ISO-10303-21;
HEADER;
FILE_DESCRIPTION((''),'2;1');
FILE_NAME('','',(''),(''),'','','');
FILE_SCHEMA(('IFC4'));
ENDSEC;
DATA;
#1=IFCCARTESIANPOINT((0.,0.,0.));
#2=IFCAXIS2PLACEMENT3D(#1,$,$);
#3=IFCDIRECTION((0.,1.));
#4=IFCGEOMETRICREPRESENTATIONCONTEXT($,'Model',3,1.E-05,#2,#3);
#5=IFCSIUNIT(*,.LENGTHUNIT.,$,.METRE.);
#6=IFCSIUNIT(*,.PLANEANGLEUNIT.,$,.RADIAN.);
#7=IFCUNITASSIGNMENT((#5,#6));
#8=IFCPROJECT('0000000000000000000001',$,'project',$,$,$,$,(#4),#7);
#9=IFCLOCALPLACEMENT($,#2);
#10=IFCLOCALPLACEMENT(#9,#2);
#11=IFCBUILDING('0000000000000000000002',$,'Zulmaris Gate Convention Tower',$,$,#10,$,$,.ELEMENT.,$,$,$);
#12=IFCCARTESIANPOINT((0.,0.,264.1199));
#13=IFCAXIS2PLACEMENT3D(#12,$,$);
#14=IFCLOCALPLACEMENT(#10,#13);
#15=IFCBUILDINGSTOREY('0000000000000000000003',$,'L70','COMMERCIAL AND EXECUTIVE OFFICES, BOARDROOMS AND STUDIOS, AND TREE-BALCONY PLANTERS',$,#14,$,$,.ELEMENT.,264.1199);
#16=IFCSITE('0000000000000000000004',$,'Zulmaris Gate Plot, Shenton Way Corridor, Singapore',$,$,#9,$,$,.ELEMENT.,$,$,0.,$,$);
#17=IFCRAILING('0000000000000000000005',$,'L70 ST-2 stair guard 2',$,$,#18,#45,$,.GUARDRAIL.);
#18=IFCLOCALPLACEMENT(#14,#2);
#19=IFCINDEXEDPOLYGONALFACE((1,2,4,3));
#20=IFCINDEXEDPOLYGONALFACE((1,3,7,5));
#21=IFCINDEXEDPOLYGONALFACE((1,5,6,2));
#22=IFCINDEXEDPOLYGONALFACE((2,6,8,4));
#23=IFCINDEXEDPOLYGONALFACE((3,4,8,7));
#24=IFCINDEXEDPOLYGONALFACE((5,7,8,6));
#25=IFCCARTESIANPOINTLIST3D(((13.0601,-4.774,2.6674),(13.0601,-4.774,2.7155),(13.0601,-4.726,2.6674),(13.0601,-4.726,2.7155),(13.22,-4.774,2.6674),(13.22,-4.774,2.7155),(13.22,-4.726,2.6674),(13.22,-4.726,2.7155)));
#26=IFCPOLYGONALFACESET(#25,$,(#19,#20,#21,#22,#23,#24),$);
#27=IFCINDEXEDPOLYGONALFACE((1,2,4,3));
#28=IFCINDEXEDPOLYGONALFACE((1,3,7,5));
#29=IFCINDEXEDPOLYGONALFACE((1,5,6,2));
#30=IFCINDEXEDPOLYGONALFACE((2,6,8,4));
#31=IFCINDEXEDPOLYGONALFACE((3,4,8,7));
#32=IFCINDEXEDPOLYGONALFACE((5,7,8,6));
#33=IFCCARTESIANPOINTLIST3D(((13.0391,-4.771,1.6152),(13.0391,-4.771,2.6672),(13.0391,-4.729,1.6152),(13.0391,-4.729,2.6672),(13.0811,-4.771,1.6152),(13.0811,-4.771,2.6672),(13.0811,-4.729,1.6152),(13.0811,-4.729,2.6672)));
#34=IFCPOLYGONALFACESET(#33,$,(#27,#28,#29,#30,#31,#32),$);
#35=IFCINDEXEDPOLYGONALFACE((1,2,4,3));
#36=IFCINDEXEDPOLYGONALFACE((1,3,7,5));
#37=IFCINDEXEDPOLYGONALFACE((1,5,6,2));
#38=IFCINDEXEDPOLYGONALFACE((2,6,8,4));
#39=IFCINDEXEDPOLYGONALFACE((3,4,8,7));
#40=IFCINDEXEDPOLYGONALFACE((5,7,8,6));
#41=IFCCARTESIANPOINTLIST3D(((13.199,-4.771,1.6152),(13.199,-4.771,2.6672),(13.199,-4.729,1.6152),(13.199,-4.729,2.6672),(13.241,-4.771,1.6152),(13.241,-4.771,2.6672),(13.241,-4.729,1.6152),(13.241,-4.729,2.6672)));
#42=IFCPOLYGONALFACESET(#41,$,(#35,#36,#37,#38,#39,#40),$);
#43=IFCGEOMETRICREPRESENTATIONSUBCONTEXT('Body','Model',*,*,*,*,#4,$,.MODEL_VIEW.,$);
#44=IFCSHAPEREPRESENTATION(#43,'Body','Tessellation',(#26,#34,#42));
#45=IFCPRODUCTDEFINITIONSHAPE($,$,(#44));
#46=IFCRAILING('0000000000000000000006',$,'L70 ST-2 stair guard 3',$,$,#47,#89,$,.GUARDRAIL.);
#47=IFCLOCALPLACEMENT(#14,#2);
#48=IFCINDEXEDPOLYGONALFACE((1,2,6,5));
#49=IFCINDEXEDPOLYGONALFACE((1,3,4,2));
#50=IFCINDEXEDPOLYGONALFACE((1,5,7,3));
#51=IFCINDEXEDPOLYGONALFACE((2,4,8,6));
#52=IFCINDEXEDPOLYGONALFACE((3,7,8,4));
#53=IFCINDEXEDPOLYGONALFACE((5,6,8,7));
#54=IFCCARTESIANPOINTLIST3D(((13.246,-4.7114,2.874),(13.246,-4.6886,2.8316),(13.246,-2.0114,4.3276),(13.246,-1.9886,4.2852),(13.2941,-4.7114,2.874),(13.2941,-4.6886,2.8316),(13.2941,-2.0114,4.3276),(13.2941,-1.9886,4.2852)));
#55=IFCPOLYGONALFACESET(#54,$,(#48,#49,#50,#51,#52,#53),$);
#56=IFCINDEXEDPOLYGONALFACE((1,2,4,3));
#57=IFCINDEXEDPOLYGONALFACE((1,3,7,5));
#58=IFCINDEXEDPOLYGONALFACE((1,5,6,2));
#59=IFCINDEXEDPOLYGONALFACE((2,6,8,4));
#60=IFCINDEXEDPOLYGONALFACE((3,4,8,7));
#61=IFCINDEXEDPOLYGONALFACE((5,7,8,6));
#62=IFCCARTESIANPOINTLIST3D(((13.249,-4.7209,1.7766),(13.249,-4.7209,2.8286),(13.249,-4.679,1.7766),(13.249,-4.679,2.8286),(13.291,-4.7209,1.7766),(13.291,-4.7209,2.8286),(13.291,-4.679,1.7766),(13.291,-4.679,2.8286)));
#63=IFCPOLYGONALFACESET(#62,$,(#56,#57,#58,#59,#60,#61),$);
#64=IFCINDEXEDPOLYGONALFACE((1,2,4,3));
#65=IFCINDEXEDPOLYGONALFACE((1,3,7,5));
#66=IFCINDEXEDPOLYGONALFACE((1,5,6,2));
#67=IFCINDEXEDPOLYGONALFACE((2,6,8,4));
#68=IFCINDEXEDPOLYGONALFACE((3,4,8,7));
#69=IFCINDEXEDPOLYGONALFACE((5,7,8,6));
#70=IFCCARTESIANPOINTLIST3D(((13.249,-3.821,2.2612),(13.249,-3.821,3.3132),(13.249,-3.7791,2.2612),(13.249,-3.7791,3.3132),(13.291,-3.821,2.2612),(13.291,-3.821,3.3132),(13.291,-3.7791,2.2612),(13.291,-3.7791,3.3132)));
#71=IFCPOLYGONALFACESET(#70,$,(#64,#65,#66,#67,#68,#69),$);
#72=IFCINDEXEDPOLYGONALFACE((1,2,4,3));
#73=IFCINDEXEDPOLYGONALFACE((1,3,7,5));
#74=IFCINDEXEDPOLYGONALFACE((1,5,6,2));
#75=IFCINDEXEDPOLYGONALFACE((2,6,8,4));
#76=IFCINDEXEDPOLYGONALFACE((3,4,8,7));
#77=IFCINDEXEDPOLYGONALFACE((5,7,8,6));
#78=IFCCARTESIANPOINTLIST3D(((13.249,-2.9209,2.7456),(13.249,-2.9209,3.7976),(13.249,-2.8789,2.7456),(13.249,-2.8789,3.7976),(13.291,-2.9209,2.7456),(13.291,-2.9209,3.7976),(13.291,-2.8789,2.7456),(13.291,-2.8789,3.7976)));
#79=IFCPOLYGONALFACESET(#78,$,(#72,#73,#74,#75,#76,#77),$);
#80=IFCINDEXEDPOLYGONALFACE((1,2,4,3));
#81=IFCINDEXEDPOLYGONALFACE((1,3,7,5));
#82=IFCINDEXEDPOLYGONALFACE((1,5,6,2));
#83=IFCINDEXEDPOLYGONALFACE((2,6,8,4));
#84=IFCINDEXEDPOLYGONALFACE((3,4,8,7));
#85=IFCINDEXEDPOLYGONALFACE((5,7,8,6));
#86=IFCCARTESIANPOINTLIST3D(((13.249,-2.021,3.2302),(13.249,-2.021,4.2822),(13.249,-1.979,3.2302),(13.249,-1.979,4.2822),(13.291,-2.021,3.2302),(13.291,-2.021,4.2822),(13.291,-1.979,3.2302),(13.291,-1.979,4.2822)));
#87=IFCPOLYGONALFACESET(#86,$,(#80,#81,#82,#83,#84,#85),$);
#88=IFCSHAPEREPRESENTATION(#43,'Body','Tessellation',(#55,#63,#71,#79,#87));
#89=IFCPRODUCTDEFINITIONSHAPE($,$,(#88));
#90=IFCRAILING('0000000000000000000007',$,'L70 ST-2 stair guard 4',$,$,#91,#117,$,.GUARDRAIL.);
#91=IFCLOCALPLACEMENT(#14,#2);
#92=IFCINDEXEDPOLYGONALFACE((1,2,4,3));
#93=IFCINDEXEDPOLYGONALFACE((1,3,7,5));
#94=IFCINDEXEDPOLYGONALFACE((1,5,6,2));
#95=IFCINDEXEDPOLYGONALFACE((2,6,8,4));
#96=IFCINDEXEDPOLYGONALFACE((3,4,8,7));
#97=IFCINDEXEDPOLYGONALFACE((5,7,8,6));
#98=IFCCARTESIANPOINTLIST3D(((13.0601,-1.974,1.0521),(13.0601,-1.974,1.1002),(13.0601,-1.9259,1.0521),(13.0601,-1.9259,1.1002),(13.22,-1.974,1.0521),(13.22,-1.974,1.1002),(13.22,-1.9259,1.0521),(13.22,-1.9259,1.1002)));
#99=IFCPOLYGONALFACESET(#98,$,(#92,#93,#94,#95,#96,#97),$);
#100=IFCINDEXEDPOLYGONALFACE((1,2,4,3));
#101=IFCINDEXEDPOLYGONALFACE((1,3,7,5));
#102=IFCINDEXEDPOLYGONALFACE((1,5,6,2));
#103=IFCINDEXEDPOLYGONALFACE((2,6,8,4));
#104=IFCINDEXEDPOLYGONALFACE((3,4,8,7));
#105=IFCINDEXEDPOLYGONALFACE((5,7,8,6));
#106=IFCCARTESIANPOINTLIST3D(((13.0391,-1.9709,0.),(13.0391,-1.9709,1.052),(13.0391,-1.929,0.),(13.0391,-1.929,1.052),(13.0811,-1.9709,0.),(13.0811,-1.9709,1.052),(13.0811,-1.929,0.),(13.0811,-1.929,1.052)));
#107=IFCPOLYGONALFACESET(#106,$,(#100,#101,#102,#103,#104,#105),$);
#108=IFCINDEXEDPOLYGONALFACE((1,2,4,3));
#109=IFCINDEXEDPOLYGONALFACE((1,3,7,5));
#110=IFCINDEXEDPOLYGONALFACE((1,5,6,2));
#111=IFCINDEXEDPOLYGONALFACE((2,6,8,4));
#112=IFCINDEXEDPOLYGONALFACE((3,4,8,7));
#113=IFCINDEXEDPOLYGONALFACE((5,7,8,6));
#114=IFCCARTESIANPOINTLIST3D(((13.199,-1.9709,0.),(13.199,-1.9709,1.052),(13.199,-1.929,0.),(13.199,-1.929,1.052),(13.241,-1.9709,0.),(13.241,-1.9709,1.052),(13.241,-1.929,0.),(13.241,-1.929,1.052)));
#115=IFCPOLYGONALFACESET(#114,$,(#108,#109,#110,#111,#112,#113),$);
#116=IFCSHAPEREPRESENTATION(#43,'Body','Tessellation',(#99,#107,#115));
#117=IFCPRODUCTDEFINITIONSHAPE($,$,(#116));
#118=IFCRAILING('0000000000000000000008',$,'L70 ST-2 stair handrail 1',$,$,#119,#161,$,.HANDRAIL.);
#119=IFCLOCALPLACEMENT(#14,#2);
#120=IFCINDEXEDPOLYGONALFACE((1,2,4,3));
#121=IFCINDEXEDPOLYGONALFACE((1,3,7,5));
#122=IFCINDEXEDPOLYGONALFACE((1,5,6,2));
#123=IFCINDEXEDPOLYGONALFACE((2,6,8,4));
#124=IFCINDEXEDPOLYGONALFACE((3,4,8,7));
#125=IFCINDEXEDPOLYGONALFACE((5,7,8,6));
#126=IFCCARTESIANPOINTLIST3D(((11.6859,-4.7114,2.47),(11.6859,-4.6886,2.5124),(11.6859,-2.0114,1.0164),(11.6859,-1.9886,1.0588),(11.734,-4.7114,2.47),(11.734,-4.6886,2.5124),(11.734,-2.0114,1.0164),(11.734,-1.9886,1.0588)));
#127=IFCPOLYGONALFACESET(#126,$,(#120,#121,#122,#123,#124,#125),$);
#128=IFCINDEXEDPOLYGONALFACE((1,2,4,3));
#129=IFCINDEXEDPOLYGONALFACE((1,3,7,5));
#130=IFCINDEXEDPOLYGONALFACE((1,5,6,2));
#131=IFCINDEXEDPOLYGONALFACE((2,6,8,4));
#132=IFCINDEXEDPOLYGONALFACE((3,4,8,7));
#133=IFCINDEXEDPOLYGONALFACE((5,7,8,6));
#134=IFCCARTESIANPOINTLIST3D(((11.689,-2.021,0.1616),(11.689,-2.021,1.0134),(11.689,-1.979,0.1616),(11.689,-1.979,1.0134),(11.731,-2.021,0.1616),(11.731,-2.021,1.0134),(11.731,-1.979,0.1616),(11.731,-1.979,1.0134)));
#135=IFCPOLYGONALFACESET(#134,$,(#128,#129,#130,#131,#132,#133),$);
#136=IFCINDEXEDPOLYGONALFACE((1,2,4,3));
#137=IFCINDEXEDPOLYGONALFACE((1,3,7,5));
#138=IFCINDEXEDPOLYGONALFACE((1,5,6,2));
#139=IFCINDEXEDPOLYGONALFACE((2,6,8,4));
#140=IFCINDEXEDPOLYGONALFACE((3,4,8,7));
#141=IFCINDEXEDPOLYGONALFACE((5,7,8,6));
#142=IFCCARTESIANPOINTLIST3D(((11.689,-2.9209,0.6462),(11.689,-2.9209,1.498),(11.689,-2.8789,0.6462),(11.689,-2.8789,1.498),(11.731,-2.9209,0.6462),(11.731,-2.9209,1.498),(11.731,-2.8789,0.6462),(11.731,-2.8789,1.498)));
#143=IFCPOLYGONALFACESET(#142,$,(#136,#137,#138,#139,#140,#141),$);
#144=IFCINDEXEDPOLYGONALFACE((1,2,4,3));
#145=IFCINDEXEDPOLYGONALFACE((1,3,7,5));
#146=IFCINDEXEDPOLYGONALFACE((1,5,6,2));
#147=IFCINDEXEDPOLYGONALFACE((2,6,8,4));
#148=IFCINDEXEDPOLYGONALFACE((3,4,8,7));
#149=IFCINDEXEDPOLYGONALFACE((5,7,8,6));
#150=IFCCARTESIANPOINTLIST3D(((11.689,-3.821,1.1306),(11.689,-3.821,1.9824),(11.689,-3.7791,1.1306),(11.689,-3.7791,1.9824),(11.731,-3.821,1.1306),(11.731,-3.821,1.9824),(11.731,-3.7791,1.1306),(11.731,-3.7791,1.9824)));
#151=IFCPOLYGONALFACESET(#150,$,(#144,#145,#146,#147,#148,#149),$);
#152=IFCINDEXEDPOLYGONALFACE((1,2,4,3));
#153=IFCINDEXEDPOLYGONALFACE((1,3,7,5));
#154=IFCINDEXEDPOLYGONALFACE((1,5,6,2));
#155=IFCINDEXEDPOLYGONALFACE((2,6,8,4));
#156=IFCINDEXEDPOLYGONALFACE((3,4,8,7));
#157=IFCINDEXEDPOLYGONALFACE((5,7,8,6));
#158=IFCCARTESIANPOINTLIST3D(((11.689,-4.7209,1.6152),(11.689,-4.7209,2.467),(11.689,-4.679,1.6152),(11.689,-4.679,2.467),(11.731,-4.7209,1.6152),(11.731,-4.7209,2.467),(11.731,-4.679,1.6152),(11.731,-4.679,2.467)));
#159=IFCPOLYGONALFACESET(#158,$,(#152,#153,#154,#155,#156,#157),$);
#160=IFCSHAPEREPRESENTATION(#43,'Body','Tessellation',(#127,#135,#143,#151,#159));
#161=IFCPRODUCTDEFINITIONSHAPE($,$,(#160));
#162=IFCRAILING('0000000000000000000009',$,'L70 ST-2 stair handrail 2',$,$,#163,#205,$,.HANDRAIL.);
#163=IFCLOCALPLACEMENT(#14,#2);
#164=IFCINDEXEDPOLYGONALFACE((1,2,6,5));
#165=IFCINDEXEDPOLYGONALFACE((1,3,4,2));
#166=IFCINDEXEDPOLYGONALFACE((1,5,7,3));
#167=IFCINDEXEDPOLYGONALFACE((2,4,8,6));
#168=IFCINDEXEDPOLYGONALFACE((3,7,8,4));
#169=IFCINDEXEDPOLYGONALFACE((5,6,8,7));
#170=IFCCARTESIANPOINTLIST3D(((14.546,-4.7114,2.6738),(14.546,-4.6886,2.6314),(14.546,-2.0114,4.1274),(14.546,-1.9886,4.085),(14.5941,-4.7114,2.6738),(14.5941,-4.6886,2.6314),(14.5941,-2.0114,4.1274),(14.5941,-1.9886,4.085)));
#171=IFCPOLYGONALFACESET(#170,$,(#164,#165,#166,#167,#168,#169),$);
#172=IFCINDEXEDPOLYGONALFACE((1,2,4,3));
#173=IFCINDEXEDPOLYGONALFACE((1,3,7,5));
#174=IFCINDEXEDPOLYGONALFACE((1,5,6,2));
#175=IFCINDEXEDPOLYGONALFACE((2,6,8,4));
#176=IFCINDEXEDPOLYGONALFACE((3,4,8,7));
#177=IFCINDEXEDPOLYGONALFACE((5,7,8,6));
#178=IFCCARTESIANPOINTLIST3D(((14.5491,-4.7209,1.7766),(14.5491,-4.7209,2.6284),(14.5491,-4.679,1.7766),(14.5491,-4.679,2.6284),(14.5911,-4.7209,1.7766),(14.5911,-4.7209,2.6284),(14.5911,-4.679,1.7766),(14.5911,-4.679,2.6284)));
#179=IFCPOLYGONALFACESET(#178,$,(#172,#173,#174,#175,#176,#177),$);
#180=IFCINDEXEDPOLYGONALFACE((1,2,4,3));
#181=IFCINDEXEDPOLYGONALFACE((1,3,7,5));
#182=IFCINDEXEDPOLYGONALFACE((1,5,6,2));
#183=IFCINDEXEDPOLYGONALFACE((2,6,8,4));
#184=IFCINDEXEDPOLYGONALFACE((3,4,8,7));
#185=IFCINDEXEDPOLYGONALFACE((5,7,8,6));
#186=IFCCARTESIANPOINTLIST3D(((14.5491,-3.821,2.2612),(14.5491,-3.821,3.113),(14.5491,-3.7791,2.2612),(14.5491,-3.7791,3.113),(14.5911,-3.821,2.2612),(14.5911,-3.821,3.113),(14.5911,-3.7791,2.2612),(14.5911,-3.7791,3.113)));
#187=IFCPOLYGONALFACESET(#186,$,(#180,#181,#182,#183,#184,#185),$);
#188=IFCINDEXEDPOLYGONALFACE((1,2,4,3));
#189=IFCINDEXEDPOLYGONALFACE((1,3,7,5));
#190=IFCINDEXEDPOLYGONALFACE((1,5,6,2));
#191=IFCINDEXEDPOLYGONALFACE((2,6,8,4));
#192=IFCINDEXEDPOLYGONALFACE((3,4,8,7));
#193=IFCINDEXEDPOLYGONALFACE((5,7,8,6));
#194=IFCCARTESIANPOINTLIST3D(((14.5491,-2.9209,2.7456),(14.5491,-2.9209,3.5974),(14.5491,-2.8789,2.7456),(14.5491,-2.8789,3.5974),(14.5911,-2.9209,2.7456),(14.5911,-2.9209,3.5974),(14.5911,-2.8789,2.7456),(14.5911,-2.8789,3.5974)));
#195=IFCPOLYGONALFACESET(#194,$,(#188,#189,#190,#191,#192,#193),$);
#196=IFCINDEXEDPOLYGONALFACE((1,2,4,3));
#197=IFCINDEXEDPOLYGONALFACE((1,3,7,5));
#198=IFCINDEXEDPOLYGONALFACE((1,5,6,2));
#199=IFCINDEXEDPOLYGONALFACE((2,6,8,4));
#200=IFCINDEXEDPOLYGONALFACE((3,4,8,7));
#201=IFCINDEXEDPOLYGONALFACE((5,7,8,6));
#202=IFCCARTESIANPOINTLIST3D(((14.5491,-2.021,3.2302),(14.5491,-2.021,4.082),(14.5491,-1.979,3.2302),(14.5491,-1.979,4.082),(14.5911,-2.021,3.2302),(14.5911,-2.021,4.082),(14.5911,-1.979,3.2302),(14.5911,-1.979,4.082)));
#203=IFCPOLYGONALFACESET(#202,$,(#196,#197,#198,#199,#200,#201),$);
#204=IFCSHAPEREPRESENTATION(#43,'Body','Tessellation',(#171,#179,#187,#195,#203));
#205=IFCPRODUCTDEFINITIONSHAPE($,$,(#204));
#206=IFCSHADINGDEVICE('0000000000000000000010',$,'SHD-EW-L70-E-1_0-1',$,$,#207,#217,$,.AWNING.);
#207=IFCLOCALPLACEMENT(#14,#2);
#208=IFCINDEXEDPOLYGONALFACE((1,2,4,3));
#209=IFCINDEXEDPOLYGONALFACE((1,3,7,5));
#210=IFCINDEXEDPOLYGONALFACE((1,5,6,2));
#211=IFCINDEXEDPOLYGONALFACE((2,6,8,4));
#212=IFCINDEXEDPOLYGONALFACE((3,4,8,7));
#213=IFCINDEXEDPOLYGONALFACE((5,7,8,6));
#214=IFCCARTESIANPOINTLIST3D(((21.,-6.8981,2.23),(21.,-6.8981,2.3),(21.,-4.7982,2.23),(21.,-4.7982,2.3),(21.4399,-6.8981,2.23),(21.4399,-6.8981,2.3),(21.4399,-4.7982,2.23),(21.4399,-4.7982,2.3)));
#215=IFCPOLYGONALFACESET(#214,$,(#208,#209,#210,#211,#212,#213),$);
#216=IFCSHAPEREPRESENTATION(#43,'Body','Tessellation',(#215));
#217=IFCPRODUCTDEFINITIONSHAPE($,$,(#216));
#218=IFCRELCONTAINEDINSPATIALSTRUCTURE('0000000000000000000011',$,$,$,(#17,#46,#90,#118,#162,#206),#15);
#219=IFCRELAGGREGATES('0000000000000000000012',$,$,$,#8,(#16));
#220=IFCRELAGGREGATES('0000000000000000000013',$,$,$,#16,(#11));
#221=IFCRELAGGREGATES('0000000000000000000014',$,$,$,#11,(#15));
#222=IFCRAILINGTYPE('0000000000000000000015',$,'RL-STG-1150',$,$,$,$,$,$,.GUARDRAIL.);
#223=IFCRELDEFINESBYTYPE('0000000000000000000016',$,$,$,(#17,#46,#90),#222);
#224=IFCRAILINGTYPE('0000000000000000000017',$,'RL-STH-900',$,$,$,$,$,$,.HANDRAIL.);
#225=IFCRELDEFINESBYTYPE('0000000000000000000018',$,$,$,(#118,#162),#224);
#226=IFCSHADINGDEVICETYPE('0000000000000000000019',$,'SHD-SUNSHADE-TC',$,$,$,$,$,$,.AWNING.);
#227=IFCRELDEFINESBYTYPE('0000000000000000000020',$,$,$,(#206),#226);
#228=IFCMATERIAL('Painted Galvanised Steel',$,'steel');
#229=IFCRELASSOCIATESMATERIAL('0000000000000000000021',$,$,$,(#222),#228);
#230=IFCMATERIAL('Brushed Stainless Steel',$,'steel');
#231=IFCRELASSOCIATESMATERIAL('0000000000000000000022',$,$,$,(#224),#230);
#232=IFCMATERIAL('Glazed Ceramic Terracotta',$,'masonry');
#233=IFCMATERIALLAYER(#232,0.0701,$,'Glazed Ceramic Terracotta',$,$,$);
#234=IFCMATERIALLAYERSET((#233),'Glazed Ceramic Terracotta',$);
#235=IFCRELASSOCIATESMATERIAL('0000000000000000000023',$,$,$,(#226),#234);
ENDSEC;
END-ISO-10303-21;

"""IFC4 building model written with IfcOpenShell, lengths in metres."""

from ifc_helpers import new_model, si_unit, direction, frame, frame_2d, origin, origin_2d, place, context, subcontext, project, spatial, rectangle, extrude, material, layer, layer_set, type_object, element, save


model = new_model("IFC4")

# Units and contexts
model_context = context("Model", 3, precision=1e-05, world=origin(), true_north=direction((0.0, 1.0)))
body_context = subcontext(model_context, "Body", "Model", "MODEL_VIEW")
ifc_project = project(units=[si_unit("LENGTHUNIT", "METRE"), si_unit("PLANEANGLEUNIT", "RADIAN")], contexts=[model_context])

# Site, building, storey
site_placement = place(None, origin())
site = spatial("IfcSite", under=ifc_project, at=site_placement, Name="Zulmaris Gate Plot, Shenton Way Corridor, Singapore", CompositionType="ELEMENT", RefElevation=0.0)
building_placement = place(site_placement, origin())
building = spatial("IfcBuilding", under=site, at=building_placement, Name="Zulmaris Gate Convention Tower", CompositionType="ELEMENT")
storey_placement = place(building_placement, frame((0.0, 0.0, 264.1199)))
storey = spatial("IfcBuildingStorey", under=building, at=storey_placement, Name="L70", Description="COMMERCIAL AND EXECUTIVE OFFICES, BOARDROOMS AND STUDIOS, AND TREE-BALCONY PLANTERS", CompositionType="ELEMENT", Elevation=264.1199)

# Railings
ifc_material_1 = material(Name="Painted Galvanised Steel", Category="steel")
railing_type_1 = type_object("IfcRailingType", Name="RL-STG-1150", PredefinedType="GUARDRAIL", material=ifc_material_1)
railing_1_placement = place(storey_placement, frame((13.0601, -4.75, 1.6152)))
element("IfcRailing", 1, at=railing_1_placement, inside=storey, type_object=railing_type_1, Name="L70 ST-2 stair guard 2", PredefinedType="GUARDRAIL", context=body_context, shape_type="SweptSolid", body=[
    extrude(rectangle(XDim=0.0481, YDim=0.0481, at=origin_2d()), frame((0.0, 0.0, 1.0762), z_axis=(1.0, 0.0, 0.0), x_axis=(0.0, 1.0, 0.0)), (0.0, 0.0, 1.0), 0.1599),
    extrude(rectangle(XDim=0.042, YDim=0.042, at=origin_2d()), origin(), (0.0, 0.0, 1.0), 1.052),
    extrude(rectangle(XDim=0.042, YDim=0.042, at=origin_2d()), frame((0.1599, 0.0, 0.0)), (0.0, 0.0, 1.0), 1.052),
])
railing_2_placement = place(storey_placement, frame((13.27, -4.7, 1.7766)))
element("IfcRailing", 2, at=railing_2_placement, inside=storey, type_object=railing_type_1, Name="L70 ST-2 stair guard 3", PredefinedType="GUARDRAIL", context=body_context, shape_type="SweptSolid", body=[
    extrude(rectangle(XDim=0.0481, YDim=0.0481, at=origin_2d()), frame((0.0, 0.0, 1.0762), z_axis=(0.0, 0.880499, 0.474048), x_axis=(-1.0, 0.0, 0.0)), (0.0, 0.0, 1.0), 3.0664),
    extrude(rectangle(XDim=0.042, YDim=0.042, at=origin_2d()), origin(), (0.0, 0.0, 1.0), 1.052),
    extrude(rectangle(XDim=0.042, YDim=0.042, at=origin_2d()), frame((0.0, 0.8999, 0.4846)), (0.0, 0.0, 1.0), 1.052),
    extrude(rectangle(XDim=0.042, YDim=0.042, at=origin_2d()), frame((0.0, 1.8, 0.969)), (0.0, 0.0, 1.0), 1.052),
    extrude(rectangle(XDim=0.042, YDim=0.042, at=origin_2d()), frame((0.0, 2.7, 1.4536)), (0.0, 0.0, 1.0), 1.052),
])
railing_3_placement = place(storey_placement, frame((13.0601, -1.95, 0.0)))
element("IfcRailing", 3, at=railing_3_placement, inside=storey, type_object=railing_type_1, Name="L70 ST-2 stair guard 4", PredefinedType="GUARDRAIL", context=body_context, shape_type="SweptSolid", body=[
    extrude(rectangle(XDim=0.0481, YDim=0.0481, at=origin_2d()), frame((0.0, 0.0, 1.0762), z_axis=(1.0, 0.0, 0.0), x_axis=(0.0, 1.0, 0.0)), (0.0, 0.0, 1.0), 0.1599),
    extrude(rectangle(XDim=0.042, YDim=0.042, at=origin_2d()), origin(), (0.0, 0.0, 1.0), 1.052),
    extrude(rectangle(XDim=0.042, YDim=0.042, at=origin_2d()), frame((0.1599, 0.0, 0.0)), (0.0, 0.0, 1.0), 1.052),
])
ifc_material_2 = material(Name="Brushed Stainless Steel", Category="steel")
railing_type_2 = type_object("IfcRailingType", Name="RL-STH-900", PredefinedType="HANDRAIL", material=ifc_material_2)
railing_4_placement = place(storey_placement, frame((11.71, -2.0, 0.1616)))
element("IfcRailing", 4, at=railing_4_placement, inside=storey, type_object=railing_type_2, Name="L70 ST-2 stair handrail 1", PredefinedType="HANDRAIL", context=body_context, shape_type="SweptSolid", body=[
    extrude(rectangle(XDim=0.0481, YDim=0.0481, at=origin_2d()), frame((0.0, 0.0, 0.876), z_axis=(0.0, -0.880499, 0.474048), x_axis=(1.0, 0.0, 0.0)), (0.0, 0.0, 1.0), 3.0664),
    extrude(rectangle(XDim=0.042, YDim=0.042, at=origin_2d()), origin(), (0.0, 0.0, 1.0), 0.8518),
    extrude(rectangle(XDim=0.042, YDim=0.042, at=origin_2d()), frame((0.0, -0.8999, 0.4846)), (0.0, 0.0, 1.0), 0.8518),
    extrude(rectangle(XDim=0.042, YDim=0.042, at=origin_2d()), frame((0.0, -1.8, 0.969)), (0.0, 0.0, 1.0), 0.8518),
    extrude(rectangle(XDim=0.042, YDim=0.042, at=origin_2d()), frame((0.0, -2.7, 1.4536)), (0.0, 0.0, 1.0), 0.8518),
])
railing_5_placement = place(storey_placement, frame((14.5701, -4.7, 1.7766)))
element("IfcRailing", 5, at=railing_5_placement, inside=storey, type_object=railing_type_2, Name="L70 ST-2 stair handrail 2", PredefinedType="HANDRAIL", context=body_context, shape_type="SweptSolid", body=[
    extrude(rectangle(XDim=0.0481, YDim=0.0481, at=origin_2d()), frame((0.0, 0.0, 0.876), z_axis=(0.0, 0.880499, 0.474048), x_axis=(-1.0, 0.0, 0.0)), (0.0, 0.0, 1.0), 3.0664),
    extrude(rectangle(XDim=0.042, YDim=0.042, at=origin_2d()), origin(), (0.0, 0.0, 1.0), 0.8518),
    extrude(rectangle(XDim=0.042, YDim=0.042, at=origin_2d()), frame((0.0, 0.8999, 0.4846)), (0.0, 0.0, 1.0), 0.8518),
    extrude(rectangle(XDim=0.042, YDim=0.042, at=origin_2d()), frame((0.0, 1.8, 0.969)), (0.0, 0.0, 1.0), 0.8518),
    extrude(rectangle(XDim=0.042, YDim=0.042, at=origin_2d()), frame((0.0, 2.7, 1.4536)), (0.0, 0.0, 1.0), 0.8518),
])

# Shading device
ifc_material_3 = material(Name="Glazed Ceramic Terracotta", Category="masonry")
ifc_layer_1 = layer(ifc_material_3, 0.0701, Name="Glazed Ceramic Terracotta")
ifc_layer_set_1 = layer_set([ifc_layer_1], Name="Glazed Ceramic Terracotta")
shading_device_type = type_object("IfcShadingDeviceType", Name="SHD-SUNSHADE-TC", PredefinedType="AWNING", material=ifc_layer_set_1)
for number, where, z_axis, x_axis, name in (
    (6, (21.22, -6.8979, 2.23), (0.0, 0.0, 1.0), (0.0, 1.0, 0.0), "SHD-EW-L70-E-1_0-1"),
):
    element("IfcShadingDevice", number, at=place(storey_placement, frame(where, z_axis=z_axis, x_axis=x_axis)), inside=storey, type_object=shading_device_type, Name=name, PredefinedType="AWNING", context=body_context, shape_type="SweptSolid", body=[
        extrude(rectangle(XDim=2.0999, YDim=0.4399, at=frame_2d((1.0498, 0.0))), origin(), (0.0, 0.0, 1.0), 0.0701),
    ])

save(model, "model.ifc")
